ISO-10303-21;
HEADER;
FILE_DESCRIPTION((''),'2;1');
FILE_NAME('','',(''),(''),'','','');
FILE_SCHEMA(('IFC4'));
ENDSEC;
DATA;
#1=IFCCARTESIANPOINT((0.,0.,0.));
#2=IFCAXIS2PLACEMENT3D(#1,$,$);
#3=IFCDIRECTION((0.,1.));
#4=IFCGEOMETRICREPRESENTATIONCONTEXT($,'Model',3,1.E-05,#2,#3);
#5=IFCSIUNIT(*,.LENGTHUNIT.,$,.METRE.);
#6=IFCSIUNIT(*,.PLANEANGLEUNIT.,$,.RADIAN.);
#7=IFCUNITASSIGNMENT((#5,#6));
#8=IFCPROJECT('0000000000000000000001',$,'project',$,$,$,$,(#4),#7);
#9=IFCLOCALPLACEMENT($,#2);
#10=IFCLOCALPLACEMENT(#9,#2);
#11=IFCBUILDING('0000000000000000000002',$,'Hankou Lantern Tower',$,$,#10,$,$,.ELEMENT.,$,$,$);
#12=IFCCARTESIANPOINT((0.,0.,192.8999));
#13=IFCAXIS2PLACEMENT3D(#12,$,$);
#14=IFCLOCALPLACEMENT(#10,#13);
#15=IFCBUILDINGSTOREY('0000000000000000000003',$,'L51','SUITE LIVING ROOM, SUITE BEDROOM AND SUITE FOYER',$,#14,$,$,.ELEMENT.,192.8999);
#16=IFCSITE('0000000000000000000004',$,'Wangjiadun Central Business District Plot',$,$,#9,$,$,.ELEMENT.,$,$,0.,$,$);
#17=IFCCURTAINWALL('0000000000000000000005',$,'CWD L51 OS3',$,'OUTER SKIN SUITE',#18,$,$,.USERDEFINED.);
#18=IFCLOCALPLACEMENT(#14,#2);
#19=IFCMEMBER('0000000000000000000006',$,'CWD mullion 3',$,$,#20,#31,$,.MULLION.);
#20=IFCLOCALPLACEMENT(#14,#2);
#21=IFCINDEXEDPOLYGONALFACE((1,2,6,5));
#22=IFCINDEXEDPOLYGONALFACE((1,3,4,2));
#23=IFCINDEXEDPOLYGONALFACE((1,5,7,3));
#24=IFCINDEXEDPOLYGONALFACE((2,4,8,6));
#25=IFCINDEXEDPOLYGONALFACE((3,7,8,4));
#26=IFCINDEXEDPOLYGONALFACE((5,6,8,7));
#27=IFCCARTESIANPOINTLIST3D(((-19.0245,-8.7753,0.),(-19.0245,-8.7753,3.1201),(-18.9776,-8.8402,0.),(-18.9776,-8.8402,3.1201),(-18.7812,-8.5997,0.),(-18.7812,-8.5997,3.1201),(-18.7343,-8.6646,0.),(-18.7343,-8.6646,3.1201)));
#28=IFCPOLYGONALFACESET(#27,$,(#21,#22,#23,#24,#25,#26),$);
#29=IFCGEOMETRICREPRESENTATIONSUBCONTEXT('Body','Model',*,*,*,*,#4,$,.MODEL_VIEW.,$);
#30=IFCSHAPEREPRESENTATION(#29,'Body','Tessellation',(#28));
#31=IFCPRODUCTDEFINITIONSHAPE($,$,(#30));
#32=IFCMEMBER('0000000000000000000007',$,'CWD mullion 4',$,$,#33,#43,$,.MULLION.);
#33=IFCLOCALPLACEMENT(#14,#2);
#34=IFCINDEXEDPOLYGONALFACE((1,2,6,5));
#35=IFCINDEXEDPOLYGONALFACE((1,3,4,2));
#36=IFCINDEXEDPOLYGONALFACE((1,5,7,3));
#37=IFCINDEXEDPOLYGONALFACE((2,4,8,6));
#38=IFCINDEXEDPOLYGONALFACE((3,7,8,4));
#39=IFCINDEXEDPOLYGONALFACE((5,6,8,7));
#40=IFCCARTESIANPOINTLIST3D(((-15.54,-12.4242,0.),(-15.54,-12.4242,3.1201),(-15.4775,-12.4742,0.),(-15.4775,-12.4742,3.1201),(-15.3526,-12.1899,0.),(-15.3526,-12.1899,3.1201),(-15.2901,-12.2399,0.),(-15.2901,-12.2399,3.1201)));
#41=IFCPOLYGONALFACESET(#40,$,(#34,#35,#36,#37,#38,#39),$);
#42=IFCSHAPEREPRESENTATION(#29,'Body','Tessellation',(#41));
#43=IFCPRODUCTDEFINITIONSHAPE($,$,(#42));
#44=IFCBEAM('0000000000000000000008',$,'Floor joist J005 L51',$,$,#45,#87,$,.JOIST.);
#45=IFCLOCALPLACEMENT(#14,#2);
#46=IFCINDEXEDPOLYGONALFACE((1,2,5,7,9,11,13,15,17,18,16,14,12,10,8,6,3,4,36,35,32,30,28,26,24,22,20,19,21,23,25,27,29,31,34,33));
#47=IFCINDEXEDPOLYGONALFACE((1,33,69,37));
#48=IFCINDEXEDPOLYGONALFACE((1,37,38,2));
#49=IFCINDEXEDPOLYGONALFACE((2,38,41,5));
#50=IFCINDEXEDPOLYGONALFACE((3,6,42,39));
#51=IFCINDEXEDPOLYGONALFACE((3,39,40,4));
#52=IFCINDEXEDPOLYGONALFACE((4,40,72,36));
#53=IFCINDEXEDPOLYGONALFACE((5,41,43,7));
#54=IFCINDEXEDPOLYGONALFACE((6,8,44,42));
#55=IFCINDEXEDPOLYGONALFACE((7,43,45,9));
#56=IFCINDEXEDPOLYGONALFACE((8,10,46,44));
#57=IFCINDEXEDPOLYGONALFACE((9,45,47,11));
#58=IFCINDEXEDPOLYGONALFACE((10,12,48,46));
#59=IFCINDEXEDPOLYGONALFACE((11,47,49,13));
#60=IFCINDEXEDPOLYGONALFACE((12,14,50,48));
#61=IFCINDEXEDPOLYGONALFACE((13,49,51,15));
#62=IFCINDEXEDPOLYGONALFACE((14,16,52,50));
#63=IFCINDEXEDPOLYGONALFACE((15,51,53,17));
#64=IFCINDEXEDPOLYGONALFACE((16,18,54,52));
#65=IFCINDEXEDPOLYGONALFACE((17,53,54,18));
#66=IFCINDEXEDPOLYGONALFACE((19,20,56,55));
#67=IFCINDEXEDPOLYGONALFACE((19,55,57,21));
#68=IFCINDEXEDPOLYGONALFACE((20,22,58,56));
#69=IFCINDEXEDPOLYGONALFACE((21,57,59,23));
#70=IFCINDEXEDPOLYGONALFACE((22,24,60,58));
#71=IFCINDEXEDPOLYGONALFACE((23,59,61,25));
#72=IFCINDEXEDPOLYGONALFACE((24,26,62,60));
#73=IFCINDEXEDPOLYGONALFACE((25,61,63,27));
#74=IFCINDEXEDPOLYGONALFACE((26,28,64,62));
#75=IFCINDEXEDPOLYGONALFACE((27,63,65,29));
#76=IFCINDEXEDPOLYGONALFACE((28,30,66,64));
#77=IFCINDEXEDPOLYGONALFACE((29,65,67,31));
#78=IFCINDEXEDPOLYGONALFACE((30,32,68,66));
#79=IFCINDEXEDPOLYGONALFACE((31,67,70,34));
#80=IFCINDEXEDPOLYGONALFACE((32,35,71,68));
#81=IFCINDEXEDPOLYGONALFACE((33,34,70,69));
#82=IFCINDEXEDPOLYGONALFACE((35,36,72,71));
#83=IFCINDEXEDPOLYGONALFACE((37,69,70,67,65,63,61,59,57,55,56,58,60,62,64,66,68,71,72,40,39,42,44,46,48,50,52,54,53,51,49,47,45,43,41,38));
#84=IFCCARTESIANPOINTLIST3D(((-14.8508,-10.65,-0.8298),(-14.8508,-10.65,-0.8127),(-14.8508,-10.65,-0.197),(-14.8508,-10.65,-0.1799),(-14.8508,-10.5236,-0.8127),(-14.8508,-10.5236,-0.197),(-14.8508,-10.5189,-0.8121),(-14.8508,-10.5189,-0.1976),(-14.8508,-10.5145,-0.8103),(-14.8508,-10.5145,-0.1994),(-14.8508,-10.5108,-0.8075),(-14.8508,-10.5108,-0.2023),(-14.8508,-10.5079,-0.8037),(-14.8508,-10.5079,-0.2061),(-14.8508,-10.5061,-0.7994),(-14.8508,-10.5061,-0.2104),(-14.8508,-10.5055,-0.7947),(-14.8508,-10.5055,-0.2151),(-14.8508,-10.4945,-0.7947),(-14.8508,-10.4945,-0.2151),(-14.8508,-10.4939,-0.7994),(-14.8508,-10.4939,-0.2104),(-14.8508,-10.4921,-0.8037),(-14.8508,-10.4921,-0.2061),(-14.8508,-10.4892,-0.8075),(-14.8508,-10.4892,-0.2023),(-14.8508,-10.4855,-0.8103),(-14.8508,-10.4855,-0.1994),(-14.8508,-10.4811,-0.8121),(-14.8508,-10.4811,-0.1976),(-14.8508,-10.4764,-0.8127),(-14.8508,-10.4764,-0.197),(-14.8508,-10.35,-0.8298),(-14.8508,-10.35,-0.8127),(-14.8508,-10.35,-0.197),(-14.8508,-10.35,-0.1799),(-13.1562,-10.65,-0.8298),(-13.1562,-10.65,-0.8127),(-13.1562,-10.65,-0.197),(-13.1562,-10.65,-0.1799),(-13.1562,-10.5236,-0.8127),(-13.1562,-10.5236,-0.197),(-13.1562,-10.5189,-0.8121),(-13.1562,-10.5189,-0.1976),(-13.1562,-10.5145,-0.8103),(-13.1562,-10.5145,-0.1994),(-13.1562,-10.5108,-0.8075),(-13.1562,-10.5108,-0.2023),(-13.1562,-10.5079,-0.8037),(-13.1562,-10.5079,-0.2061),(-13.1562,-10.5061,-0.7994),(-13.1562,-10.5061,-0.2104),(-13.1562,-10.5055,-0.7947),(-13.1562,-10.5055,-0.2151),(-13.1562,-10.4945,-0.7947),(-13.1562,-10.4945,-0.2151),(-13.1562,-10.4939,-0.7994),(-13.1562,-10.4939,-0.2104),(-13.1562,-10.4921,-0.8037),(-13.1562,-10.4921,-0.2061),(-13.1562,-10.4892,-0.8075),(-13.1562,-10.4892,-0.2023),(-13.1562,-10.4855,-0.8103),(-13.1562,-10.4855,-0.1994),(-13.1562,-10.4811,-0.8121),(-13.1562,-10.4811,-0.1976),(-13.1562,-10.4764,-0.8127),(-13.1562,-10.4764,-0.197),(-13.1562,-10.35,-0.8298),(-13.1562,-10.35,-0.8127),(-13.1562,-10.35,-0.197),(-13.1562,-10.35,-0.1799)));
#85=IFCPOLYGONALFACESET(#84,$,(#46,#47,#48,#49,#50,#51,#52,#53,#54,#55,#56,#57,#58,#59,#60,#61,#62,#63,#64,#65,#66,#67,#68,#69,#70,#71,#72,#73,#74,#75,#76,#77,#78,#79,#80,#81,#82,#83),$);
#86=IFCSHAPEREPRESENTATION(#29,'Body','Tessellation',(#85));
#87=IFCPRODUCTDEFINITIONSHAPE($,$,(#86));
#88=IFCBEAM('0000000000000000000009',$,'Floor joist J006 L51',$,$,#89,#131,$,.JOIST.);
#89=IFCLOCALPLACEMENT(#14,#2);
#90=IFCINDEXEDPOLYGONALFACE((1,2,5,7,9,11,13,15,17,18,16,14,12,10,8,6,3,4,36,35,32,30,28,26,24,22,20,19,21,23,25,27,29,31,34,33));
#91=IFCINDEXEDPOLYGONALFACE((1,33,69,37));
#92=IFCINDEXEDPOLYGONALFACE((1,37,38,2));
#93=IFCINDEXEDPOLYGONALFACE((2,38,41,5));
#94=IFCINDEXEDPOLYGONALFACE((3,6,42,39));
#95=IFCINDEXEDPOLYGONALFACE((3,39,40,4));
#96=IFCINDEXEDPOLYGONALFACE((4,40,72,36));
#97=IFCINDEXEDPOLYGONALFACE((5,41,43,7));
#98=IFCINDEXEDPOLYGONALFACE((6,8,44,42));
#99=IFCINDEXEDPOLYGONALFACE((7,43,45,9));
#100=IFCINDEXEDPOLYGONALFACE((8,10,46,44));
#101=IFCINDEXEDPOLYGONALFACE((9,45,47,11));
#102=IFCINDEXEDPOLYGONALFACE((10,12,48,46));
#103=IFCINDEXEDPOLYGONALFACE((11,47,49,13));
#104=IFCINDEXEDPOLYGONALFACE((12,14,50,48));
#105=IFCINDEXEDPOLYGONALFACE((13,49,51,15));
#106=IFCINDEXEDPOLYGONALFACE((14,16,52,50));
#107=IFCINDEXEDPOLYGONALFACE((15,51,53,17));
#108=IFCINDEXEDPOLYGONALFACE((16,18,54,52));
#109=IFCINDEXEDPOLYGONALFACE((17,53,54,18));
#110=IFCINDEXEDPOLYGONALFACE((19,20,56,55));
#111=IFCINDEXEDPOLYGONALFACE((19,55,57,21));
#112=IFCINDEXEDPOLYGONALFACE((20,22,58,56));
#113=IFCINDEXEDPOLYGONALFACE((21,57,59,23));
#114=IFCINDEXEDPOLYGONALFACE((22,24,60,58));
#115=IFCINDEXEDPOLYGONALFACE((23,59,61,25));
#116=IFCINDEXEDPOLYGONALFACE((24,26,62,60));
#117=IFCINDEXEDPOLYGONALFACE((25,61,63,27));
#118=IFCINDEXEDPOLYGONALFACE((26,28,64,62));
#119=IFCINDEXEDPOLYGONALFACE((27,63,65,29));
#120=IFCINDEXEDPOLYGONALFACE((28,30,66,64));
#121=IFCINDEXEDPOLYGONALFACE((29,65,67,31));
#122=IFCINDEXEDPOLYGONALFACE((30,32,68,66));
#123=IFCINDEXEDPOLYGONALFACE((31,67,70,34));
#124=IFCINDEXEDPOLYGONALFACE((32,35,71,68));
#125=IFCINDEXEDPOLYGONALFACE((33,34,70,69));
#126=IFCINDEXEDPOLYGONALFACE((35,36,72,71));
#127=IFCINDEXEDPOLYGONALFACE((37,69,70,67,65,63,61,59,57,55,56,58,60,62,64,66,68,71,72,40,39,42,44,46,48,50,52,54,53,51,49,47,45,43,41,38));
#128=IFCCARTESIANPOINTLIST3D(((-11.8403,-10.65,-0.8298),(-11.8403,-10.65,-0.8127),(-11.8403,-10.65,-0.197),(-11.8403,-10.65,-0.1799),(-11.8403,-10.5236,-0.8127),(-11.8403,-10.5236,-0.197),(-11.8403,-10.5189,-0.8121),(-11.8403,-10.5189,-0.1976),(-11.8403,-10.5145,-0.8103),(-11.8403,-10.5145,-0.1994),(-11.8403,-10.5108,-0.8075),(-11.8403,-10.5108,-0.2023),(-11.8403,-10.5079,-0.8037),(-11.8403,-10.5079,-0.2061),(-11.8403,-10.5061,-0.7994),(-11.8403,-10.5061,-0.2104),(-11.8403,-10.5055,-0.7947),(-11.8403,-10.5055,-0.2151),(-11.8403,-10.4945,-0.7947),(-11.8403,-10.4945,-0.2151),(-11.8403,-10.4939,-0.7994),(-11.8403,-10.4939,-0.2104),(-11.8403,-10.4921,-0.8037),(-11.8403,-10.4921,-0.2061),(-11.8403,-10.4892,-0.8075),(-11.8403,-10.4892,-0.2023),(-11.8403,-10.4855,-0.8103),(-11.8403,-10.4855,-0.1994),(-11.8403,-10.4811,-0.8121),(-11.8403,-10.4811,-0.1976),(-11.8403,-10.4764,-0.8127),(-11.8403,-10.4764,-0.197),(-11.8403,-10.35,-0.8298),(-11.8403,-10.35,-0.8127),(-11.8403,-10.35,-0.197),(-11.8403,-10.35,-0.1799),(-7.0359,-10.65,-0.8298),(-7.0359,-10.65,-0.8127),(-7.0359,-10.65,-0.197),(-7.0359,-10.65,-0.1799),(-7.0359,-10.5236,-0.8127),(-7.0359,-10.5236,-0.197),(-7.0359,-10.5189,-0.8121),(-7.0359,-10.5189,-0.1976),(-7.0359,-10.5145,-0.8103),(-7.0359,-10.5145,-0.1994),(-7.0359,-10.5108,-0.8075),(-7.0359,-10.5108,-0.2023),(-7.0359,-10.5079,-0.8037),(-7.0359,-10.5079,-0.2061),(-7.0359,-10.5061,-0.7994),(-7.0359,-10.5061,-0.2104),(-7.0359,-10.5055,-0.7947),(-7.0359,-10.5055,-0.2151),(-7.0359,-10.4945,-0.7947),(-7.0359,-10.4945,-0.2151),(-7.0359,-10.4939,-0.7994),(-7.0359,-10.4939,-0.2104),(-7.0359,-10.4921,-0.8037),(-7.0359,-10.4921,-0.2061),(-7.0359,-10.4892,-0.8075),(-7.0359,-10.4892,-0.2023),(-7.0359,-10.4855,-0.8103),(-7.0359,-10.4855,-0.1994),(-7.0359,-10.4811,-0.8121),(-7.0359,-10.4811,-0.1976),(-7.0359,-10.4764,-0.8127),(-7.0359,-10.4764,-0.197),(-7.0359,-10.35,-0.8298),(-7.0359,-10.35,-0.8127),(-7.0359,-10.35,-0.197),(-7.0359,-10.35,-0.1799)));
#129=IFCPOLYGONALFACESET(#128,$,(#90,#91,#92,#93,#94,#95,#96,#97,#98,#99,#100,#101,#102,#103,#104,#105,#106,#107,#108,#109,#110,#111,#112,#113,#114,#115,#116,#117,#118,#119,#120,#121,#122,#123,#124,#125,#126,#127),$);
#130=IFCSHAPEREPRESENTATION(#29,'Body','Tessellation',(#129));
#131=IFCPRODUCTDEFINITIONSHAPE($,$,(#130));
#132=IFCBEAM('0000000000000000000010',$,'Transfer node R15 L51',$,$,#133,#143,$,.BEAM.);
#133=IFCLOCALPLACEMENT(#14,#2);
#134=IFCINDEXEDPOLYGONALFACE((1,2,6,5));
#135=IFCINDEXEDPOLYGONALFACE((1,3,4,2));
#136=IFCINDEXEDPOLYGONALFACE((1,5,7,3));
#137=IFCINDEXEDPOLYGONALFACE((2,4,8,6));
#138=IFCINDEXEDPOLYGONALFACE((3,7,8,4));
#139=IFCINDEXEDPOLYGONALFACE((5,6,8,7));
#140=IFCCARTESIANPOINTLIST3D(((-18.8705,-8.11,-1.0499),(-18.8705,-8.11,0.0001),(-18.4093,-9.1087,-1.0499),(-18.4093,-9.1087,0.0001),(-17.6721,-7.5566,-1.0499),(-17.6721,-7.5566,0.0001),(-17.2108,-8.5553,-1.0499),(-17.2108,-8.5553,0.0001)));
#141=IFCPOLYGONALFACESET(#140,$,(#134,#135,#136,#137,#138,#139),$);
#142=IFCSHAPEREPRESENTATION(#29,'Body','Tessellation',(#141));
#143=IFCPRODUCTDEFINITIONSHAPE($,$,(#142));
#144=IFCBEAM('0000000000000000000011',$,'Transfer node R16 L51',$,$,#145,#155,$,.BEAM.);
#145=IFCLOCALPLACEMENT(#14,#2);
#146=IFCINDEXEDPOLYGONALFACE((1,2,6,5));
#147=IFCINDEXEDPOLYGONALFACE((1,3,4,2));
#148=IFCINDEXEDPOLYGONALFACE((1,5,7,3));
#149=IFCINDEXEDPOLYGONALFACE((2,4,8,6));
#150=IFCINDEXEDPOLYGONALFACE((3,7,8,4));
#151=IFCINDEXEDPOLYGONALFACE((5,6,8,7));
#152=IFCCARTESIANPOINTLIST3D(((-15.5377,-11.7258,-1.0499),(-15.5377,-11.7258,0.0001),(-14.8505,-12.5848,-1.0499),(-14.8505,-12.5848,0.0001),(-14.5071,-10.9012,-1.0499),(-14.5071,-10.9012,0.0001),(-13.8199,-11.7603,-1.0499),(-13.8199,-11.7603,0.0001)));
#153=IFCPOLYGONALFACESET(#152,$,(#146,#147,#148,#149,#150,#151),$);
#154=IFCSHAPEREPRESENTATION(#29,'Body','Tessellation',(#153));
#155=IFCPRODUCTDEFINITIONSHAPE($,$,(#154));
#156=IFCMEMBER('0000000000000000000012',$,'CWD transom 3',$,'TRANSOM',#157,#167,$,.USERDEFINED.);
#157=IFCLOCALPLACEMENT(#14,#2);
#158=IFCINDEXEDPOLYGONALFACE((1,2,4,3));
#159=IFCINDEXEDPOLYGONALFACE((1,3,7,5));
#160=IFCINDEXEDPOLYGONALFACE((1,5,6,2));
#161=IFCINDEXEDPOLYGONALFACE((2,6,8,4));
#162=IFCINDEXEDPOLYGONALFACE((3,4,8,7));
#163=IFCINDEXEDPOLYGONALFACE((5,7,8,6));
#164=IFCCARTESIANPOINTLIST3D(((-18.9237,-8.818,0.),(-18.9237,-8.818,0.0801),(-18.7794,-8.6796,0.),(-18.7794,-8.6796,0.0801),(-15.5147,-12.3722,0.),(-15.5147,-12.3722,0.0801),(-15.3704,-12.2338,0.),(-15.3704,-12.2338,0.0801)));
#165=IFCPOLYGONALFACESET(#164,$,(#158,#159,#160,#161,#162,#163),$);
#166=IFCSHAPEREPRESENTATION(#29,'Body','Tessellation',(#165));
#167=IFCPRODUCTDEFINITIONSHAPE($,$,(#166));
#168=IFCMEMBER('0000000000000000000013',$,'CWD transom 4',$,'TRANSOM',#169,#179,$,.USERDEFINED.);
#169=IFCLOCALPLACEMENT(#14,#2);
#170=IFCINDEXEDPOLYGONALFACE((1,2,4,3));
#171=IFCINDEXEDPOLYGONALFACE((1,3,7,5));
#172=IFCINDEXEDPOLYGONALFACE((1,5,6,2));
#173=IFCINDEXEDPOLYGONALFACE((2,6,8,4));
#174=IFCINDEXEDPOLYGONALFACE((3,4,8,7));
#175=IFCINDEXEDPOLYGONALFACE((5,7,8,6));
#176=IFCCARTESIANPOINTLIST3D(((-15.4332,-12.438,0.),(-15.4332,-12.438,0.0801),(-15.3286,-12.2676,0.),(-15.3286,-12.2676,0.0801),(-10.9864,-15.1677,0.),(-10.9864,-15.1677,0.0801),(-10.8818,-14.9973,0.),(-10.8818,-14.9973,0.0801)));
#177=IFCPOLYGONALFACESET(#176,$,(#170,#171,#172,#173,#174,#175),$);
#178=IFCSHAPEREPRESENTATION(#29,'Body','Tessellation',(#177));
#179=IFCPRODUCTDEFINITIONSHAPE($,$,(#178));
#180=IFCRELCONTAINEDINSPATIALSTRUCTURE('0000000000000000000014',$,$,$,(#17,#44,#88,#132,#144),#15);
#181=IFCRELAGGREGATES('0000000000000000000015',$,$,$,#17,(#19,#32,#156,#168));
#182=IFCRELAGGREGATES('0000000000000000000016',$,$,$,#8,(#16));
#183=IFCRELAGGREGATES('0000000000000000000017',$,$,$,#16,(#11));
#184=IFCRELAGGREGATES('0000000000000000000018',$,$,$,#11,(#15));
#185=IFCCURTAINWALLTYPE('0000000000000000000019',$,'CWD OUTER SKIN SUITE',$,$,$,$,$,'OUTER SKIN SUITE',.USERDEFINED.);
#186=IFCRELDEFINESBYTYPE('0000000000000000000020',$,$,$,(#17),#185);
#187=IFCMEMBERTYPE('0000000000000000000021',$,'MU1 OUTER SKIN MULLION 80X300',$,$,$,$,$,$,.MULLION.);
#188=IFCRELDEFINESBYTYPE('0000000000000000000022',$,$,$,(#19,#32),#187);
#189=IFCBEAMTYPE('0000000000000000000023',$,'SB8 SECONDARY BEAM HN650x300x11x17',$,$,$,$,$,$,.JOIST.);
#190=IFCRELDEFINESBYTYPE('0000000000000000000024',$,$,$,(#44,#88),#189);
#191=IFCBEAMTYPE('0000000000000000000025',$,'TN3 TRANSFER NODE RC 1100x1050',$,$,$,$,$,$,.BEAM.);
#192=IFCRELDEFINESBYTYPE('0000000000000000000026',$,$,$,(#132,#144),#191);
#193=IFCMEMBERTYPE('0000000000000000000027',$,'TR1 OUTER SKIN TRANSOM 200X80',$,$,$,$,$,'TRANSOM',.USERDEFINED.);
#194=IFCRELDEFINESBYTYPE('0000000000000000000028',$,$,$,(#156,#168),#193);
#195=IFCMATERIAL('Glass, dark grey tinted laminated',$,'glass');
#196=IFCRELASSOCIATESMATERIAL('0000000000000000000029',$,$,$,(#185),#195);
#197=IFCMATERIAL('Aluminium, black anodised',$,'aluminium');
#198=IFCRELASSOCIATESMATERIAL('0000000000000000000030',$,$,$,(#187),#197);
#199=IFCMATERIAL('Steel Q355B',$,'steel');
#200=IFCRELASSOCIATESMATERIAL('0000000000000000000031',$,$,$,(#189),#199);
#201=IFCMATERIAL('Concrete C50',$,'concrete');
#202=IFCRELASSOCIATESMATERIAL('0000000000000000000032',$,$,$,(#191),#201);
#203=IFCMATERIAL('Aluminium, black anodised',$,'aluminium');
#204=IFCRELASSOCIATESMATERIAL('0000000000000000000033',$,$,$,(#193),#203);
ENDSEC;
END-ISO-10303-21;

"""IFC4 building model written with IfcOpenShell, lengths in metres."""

from ifc_helpers import new_model, si_unit, direction, frame, origin, origin_2d, place, context, subcontext, project, spatial, rectangle, i_section, extrude, material, material_profile, profile_set, type_object, element, aggregate, save


model = new_model("IFC4")

# Units and contexts
model_context = context("Model", 3, precision=1e-05, world=origin(), true_north=direction((0.0, 1.0)))
body_context = subcontext(model_context, "Body", "Model", "MODEL_VIEW")
ifc_project = project(units=[si_unit("LENGTHUNIT", "METRE"), si_unit("PLANEANGLEUNIT", "RADIAN")], contexts=[model_context])

# Site, building, storey
site_placement = place(None, origin())
site = spatial("IfcSite", under=ifc_project, at=site_placement, Name="Wangjiadun Central Business District Plot", CompositionType="ELEMENT", RefElevation=0.0)
building_placement = place(site_placement, origin())
building = spatial("IfcBuilding", under=site, at=building_placement, Name="Hankou Lantern Tower", CompositionType="ELEMENT")
storey_placement = place(building_placement, frame((0.0, 0.0, 192.8999)))
storey = spatial("IfcBuildingStorey", under=building, at=storey_placement, Name="L51", Description="SUITE LIVING ROOM, SUITE BEDROOM AND SUITE FOYER", CompositionType="ELEMENT", Elevation=192.8999)

# Curtain wall, members
ifc_material_1 = material(Name="Glass, dark grey tinted laminated", Category="glass")
curtain_wall_type = type_object("IfcCurtainWallType", Name="CWD OUTER SKIN SUITE", ElementType="OUTER SKIN SUITE", PredefinedType="USERDEFINED", material=ifc_material_1)
curtain_wall_placement = place(storey_placement, origin())
curtain_wall = element("IfcCurtainWall", 1, at=curtain_wall_placement, inside=storey, type_object=curtain_wall_type, Name="CWD L51 OS3", ObjectType="OUTER SKIN SUITE", PredefinedType="USERDEFINED")
ifc_material_2 = material(Name="Aluminium, black anodised", Category="aluminium")
ifc_material_profile_1 = material_profile(ifc_material_2, rectangle(XDim=0.0801, YDim=0.3, at=origin_2d()), Name="MU1 80X300")
ifc_profile_set_1 = profile_set([ifc_material_profile_1], Name="Aluminium, black anodised")
member_type_1 = type_object("IfcMemberType", Name="MU1 OUTER SKIN MULLION 80X300", PredefinedType="MULLION", material=ifc_profile_set_1)
member_1_placement = place(storey_placement, frame((-18.8794, -8.72, 0.0), z_axis=(0.0, 0.0, 1.0), x_axis=(0.585206, -0.810885, 0.0)))
member_1 = element("IfcMember", 2, at=member_1_placement, type_object=member_type_1, Name="CWD mullion 3", PredefinedType="MULLION", context=body_context, shape_type="SweptSolid", body=[
    extrude(rectangle(XDim=0.0801, YDim=0.3, at=origin_2d()), origin(), (0.0, 0.0, 1.0), 3.1201),
])
member_2_placement = place(storey_placement, frame((-15.415, -12.332, 0.0), z_axis=(0.0, 0.0, 1.0), x_axis=(0.780869, -0.624695, 0.0)))
member_2 = element("IfcMember", 3, at=member_2_placement, type_object=member_type_1, Name="CWD mullion 4", PredefinedType="MULLION", context=body_context, shape_type="SweptSolid", body=[
    extrude(rectangle(XDim=0.0801, YDim=0.3, at=origin_2d()), origin(), (0.0, 0.0, 1.0), 3.1201),
])

# Beams
ifc_material_3 = material(Name="Steel Q355B", Category="steel")
ifc_material_profile_2 = material_profile(ifc_material_3, i_section(OverallWidth=0.3, OverallDepth=0.6499, WebThickness=0.011, FlangeThickness=0.0171, FilletRadius=0.0181, at=origin_2d()), Name="HN650x300x11x17")
ifc_profile_set_2 = profile_set([ifc_material_profile_2], Name="Steel Q355B")
beam_type_1 = type_object("IfcBeamType", Name="SB8 SECONDARY BEAM HN650x300x11x17", PredefinedType="JOIST", material=ifc_profile_set_2)
beam_1_placement = place(storey_placement, frame((-14.8508, -10.5, -0.5049), z_axis=(1.0, 0.0, 0.0), x_axis=(0.0, 1.0, 0.0)))
element("IfcBeam", 4, at=beam_1_placement, inside=storey, type_object=beam_type_1, Name="Floor joist J005 L51", PredefinedType="JOIST", context=body_context, shape_type="SweptSolid", body=[
    extrude(i_section(OverallWidth=0.3, OverallDepth=0.6499, WebThickness=0.011, FlangeThickness=0.0171, FilletRadius=0.0181, at=origin_2d()), origin(), (0.0, 0.0, 1.0), 1.6946),
])
beam_2_placement = place(storey_placement, frame((-11.8403, -10.5, -0.5049), z_axis=(1.0, 0.0, 0.0), x_axis=(0.0, 1.0, 0.0)))
element("IfcBeam", 5, at=beam_2_placement, inside=storey, type_object=beam_type_1, Name="Floor joist J006 L51", PredefinedType="JOIST", context=body_context, shape_type="SweptSolid", body=[
    extrude(i_section(OverallWidth=0.3, OverallDepth=0.6499, WebThickness=0.011, FlangeThickness=0.0171, FilletRadius=0.0181, at=origin_2d()), origin(), (0.0, 0.0, 1.0), 4.8044),
])
ifc_material_4 = material(Name="Concrete C50", Category="concrete")
ifc_material_profile_3 = material_profile(ifc_material_4, rectangle(XDim=1.1001, YDim=1.05, at=origin_2d()), Name="RC 1100x1050")
ifc_profile_set_3 = profile_set([ifc_material_profile_3], Name="Concrete C50")
beam_type_2 = type_object("IfcBeamType", Name="TN3 TRANSFER NODE RC 1100x1050", PredefinedType="BEAM", material=ifc_profile_set_3)
beam_3_placement = place(storey_placement, frame((-18.6399, -8.6094, -0.5249), z_axis=(0.907867, 0.419258, 0.0), x_axis=(-0.419258, 0.907867, 0.0)))
element("IfcBeam", 6, at=beam_3_placement, inside=storey, type_object=beam_type_2, Name="Transfer node R15 L51", PredefinedType="BEAM", context=body_context, shape_type="SweptSolid", body=[
    extrude(rectangle(XDim=1.1001, YDim=1.05, at=origin_2d()), origin(), (0.0, 0.0, 1.0), 1.3201),
])
beam_4_placement = place(storey_placement, frame((-15.1941, -12.1553, -0.5249), z_axis=(0.780851, 0.624718, 0.0), x_axis=(-0.624718, 0.780851, 0.0)))
element("IfcBeam", 7, at=beam_4_placement, inside=storey, type_object=beam_type_2, Name="Transfer node R16 L51", PredefinedType="BEAM", context=body_context, shape_type="SweptSolid", body=[
    extrude(rectangle(XDim=1.1001, YDim=1.05, at=origin_2d()), origin(), (0.0, 0.0, 1.0), 1.3198),
])

# Members
ifc_material_5 = material(Name="Aluminium, black anodised", Category="aluminium")
ifc_material_profile_4 = material_profile(ifc_material_5, rectangle(XDim=0.2, YDim=0.0801, at=origin_2d()), Name="TR1 200X80")
ifc_profile_set_4 = profile_set([ifc_material_profile_4], Name="Aluminium, black anodised")
member_type_2 = type_object("IfcMemberType", Name="TR1 OUTER SKIN TRANSOM 200X80", ElementType="TRANSOM", PredefinedType="USERDEFINED", material=ifc_profile_set_4)
member_3_placement = place(storey_placement, frame((-18.8516, -8.7488, 0.04), z_axis=(0.692205, -0.721701, 0.0), x_axis=(0.721701, 0.692205, 0.0)))
member_3 = element("IfcMember", 8, at=member_3_placement, type_object=member_type_2, Name="CWD transom 3", ObjectType="TRANSOM", PredefinedType="USERDEFINED", context=body_context, shape_type="SweptSolid", body=[
    extrude(rectangle(XDim=0.2, YDim=0.0801, at=origin_2d()), origin(), (0.0, 0.0, 1.0), 4.9248),
])
member_4_placement = place(storey_placement, frame((-15.3809, -12.3528, 0.04), z_axis=(0.852235, -0.52316, 0.0), x_axis=(0.52316, 0.852235, 0.0)))
member_4 = element("IfcMember", 9, at=member_4_placement, type_object=member_type_2, Name="CWD transom 4", ObjectType="TRANSOM", PredefinedType="USERDEFINED", context=body_context, shape_type="SweptSolid", body=[
    extrude(rectangle(XDim=0.2, YDim=0.0801, at=origin_2d()), origin(), (0.0, 0.0, 1.0), 5.2178),
])

aggregate(curtain_wall, [member_1, member_2, member_3, member_4])

save(model, "model.ifc")
